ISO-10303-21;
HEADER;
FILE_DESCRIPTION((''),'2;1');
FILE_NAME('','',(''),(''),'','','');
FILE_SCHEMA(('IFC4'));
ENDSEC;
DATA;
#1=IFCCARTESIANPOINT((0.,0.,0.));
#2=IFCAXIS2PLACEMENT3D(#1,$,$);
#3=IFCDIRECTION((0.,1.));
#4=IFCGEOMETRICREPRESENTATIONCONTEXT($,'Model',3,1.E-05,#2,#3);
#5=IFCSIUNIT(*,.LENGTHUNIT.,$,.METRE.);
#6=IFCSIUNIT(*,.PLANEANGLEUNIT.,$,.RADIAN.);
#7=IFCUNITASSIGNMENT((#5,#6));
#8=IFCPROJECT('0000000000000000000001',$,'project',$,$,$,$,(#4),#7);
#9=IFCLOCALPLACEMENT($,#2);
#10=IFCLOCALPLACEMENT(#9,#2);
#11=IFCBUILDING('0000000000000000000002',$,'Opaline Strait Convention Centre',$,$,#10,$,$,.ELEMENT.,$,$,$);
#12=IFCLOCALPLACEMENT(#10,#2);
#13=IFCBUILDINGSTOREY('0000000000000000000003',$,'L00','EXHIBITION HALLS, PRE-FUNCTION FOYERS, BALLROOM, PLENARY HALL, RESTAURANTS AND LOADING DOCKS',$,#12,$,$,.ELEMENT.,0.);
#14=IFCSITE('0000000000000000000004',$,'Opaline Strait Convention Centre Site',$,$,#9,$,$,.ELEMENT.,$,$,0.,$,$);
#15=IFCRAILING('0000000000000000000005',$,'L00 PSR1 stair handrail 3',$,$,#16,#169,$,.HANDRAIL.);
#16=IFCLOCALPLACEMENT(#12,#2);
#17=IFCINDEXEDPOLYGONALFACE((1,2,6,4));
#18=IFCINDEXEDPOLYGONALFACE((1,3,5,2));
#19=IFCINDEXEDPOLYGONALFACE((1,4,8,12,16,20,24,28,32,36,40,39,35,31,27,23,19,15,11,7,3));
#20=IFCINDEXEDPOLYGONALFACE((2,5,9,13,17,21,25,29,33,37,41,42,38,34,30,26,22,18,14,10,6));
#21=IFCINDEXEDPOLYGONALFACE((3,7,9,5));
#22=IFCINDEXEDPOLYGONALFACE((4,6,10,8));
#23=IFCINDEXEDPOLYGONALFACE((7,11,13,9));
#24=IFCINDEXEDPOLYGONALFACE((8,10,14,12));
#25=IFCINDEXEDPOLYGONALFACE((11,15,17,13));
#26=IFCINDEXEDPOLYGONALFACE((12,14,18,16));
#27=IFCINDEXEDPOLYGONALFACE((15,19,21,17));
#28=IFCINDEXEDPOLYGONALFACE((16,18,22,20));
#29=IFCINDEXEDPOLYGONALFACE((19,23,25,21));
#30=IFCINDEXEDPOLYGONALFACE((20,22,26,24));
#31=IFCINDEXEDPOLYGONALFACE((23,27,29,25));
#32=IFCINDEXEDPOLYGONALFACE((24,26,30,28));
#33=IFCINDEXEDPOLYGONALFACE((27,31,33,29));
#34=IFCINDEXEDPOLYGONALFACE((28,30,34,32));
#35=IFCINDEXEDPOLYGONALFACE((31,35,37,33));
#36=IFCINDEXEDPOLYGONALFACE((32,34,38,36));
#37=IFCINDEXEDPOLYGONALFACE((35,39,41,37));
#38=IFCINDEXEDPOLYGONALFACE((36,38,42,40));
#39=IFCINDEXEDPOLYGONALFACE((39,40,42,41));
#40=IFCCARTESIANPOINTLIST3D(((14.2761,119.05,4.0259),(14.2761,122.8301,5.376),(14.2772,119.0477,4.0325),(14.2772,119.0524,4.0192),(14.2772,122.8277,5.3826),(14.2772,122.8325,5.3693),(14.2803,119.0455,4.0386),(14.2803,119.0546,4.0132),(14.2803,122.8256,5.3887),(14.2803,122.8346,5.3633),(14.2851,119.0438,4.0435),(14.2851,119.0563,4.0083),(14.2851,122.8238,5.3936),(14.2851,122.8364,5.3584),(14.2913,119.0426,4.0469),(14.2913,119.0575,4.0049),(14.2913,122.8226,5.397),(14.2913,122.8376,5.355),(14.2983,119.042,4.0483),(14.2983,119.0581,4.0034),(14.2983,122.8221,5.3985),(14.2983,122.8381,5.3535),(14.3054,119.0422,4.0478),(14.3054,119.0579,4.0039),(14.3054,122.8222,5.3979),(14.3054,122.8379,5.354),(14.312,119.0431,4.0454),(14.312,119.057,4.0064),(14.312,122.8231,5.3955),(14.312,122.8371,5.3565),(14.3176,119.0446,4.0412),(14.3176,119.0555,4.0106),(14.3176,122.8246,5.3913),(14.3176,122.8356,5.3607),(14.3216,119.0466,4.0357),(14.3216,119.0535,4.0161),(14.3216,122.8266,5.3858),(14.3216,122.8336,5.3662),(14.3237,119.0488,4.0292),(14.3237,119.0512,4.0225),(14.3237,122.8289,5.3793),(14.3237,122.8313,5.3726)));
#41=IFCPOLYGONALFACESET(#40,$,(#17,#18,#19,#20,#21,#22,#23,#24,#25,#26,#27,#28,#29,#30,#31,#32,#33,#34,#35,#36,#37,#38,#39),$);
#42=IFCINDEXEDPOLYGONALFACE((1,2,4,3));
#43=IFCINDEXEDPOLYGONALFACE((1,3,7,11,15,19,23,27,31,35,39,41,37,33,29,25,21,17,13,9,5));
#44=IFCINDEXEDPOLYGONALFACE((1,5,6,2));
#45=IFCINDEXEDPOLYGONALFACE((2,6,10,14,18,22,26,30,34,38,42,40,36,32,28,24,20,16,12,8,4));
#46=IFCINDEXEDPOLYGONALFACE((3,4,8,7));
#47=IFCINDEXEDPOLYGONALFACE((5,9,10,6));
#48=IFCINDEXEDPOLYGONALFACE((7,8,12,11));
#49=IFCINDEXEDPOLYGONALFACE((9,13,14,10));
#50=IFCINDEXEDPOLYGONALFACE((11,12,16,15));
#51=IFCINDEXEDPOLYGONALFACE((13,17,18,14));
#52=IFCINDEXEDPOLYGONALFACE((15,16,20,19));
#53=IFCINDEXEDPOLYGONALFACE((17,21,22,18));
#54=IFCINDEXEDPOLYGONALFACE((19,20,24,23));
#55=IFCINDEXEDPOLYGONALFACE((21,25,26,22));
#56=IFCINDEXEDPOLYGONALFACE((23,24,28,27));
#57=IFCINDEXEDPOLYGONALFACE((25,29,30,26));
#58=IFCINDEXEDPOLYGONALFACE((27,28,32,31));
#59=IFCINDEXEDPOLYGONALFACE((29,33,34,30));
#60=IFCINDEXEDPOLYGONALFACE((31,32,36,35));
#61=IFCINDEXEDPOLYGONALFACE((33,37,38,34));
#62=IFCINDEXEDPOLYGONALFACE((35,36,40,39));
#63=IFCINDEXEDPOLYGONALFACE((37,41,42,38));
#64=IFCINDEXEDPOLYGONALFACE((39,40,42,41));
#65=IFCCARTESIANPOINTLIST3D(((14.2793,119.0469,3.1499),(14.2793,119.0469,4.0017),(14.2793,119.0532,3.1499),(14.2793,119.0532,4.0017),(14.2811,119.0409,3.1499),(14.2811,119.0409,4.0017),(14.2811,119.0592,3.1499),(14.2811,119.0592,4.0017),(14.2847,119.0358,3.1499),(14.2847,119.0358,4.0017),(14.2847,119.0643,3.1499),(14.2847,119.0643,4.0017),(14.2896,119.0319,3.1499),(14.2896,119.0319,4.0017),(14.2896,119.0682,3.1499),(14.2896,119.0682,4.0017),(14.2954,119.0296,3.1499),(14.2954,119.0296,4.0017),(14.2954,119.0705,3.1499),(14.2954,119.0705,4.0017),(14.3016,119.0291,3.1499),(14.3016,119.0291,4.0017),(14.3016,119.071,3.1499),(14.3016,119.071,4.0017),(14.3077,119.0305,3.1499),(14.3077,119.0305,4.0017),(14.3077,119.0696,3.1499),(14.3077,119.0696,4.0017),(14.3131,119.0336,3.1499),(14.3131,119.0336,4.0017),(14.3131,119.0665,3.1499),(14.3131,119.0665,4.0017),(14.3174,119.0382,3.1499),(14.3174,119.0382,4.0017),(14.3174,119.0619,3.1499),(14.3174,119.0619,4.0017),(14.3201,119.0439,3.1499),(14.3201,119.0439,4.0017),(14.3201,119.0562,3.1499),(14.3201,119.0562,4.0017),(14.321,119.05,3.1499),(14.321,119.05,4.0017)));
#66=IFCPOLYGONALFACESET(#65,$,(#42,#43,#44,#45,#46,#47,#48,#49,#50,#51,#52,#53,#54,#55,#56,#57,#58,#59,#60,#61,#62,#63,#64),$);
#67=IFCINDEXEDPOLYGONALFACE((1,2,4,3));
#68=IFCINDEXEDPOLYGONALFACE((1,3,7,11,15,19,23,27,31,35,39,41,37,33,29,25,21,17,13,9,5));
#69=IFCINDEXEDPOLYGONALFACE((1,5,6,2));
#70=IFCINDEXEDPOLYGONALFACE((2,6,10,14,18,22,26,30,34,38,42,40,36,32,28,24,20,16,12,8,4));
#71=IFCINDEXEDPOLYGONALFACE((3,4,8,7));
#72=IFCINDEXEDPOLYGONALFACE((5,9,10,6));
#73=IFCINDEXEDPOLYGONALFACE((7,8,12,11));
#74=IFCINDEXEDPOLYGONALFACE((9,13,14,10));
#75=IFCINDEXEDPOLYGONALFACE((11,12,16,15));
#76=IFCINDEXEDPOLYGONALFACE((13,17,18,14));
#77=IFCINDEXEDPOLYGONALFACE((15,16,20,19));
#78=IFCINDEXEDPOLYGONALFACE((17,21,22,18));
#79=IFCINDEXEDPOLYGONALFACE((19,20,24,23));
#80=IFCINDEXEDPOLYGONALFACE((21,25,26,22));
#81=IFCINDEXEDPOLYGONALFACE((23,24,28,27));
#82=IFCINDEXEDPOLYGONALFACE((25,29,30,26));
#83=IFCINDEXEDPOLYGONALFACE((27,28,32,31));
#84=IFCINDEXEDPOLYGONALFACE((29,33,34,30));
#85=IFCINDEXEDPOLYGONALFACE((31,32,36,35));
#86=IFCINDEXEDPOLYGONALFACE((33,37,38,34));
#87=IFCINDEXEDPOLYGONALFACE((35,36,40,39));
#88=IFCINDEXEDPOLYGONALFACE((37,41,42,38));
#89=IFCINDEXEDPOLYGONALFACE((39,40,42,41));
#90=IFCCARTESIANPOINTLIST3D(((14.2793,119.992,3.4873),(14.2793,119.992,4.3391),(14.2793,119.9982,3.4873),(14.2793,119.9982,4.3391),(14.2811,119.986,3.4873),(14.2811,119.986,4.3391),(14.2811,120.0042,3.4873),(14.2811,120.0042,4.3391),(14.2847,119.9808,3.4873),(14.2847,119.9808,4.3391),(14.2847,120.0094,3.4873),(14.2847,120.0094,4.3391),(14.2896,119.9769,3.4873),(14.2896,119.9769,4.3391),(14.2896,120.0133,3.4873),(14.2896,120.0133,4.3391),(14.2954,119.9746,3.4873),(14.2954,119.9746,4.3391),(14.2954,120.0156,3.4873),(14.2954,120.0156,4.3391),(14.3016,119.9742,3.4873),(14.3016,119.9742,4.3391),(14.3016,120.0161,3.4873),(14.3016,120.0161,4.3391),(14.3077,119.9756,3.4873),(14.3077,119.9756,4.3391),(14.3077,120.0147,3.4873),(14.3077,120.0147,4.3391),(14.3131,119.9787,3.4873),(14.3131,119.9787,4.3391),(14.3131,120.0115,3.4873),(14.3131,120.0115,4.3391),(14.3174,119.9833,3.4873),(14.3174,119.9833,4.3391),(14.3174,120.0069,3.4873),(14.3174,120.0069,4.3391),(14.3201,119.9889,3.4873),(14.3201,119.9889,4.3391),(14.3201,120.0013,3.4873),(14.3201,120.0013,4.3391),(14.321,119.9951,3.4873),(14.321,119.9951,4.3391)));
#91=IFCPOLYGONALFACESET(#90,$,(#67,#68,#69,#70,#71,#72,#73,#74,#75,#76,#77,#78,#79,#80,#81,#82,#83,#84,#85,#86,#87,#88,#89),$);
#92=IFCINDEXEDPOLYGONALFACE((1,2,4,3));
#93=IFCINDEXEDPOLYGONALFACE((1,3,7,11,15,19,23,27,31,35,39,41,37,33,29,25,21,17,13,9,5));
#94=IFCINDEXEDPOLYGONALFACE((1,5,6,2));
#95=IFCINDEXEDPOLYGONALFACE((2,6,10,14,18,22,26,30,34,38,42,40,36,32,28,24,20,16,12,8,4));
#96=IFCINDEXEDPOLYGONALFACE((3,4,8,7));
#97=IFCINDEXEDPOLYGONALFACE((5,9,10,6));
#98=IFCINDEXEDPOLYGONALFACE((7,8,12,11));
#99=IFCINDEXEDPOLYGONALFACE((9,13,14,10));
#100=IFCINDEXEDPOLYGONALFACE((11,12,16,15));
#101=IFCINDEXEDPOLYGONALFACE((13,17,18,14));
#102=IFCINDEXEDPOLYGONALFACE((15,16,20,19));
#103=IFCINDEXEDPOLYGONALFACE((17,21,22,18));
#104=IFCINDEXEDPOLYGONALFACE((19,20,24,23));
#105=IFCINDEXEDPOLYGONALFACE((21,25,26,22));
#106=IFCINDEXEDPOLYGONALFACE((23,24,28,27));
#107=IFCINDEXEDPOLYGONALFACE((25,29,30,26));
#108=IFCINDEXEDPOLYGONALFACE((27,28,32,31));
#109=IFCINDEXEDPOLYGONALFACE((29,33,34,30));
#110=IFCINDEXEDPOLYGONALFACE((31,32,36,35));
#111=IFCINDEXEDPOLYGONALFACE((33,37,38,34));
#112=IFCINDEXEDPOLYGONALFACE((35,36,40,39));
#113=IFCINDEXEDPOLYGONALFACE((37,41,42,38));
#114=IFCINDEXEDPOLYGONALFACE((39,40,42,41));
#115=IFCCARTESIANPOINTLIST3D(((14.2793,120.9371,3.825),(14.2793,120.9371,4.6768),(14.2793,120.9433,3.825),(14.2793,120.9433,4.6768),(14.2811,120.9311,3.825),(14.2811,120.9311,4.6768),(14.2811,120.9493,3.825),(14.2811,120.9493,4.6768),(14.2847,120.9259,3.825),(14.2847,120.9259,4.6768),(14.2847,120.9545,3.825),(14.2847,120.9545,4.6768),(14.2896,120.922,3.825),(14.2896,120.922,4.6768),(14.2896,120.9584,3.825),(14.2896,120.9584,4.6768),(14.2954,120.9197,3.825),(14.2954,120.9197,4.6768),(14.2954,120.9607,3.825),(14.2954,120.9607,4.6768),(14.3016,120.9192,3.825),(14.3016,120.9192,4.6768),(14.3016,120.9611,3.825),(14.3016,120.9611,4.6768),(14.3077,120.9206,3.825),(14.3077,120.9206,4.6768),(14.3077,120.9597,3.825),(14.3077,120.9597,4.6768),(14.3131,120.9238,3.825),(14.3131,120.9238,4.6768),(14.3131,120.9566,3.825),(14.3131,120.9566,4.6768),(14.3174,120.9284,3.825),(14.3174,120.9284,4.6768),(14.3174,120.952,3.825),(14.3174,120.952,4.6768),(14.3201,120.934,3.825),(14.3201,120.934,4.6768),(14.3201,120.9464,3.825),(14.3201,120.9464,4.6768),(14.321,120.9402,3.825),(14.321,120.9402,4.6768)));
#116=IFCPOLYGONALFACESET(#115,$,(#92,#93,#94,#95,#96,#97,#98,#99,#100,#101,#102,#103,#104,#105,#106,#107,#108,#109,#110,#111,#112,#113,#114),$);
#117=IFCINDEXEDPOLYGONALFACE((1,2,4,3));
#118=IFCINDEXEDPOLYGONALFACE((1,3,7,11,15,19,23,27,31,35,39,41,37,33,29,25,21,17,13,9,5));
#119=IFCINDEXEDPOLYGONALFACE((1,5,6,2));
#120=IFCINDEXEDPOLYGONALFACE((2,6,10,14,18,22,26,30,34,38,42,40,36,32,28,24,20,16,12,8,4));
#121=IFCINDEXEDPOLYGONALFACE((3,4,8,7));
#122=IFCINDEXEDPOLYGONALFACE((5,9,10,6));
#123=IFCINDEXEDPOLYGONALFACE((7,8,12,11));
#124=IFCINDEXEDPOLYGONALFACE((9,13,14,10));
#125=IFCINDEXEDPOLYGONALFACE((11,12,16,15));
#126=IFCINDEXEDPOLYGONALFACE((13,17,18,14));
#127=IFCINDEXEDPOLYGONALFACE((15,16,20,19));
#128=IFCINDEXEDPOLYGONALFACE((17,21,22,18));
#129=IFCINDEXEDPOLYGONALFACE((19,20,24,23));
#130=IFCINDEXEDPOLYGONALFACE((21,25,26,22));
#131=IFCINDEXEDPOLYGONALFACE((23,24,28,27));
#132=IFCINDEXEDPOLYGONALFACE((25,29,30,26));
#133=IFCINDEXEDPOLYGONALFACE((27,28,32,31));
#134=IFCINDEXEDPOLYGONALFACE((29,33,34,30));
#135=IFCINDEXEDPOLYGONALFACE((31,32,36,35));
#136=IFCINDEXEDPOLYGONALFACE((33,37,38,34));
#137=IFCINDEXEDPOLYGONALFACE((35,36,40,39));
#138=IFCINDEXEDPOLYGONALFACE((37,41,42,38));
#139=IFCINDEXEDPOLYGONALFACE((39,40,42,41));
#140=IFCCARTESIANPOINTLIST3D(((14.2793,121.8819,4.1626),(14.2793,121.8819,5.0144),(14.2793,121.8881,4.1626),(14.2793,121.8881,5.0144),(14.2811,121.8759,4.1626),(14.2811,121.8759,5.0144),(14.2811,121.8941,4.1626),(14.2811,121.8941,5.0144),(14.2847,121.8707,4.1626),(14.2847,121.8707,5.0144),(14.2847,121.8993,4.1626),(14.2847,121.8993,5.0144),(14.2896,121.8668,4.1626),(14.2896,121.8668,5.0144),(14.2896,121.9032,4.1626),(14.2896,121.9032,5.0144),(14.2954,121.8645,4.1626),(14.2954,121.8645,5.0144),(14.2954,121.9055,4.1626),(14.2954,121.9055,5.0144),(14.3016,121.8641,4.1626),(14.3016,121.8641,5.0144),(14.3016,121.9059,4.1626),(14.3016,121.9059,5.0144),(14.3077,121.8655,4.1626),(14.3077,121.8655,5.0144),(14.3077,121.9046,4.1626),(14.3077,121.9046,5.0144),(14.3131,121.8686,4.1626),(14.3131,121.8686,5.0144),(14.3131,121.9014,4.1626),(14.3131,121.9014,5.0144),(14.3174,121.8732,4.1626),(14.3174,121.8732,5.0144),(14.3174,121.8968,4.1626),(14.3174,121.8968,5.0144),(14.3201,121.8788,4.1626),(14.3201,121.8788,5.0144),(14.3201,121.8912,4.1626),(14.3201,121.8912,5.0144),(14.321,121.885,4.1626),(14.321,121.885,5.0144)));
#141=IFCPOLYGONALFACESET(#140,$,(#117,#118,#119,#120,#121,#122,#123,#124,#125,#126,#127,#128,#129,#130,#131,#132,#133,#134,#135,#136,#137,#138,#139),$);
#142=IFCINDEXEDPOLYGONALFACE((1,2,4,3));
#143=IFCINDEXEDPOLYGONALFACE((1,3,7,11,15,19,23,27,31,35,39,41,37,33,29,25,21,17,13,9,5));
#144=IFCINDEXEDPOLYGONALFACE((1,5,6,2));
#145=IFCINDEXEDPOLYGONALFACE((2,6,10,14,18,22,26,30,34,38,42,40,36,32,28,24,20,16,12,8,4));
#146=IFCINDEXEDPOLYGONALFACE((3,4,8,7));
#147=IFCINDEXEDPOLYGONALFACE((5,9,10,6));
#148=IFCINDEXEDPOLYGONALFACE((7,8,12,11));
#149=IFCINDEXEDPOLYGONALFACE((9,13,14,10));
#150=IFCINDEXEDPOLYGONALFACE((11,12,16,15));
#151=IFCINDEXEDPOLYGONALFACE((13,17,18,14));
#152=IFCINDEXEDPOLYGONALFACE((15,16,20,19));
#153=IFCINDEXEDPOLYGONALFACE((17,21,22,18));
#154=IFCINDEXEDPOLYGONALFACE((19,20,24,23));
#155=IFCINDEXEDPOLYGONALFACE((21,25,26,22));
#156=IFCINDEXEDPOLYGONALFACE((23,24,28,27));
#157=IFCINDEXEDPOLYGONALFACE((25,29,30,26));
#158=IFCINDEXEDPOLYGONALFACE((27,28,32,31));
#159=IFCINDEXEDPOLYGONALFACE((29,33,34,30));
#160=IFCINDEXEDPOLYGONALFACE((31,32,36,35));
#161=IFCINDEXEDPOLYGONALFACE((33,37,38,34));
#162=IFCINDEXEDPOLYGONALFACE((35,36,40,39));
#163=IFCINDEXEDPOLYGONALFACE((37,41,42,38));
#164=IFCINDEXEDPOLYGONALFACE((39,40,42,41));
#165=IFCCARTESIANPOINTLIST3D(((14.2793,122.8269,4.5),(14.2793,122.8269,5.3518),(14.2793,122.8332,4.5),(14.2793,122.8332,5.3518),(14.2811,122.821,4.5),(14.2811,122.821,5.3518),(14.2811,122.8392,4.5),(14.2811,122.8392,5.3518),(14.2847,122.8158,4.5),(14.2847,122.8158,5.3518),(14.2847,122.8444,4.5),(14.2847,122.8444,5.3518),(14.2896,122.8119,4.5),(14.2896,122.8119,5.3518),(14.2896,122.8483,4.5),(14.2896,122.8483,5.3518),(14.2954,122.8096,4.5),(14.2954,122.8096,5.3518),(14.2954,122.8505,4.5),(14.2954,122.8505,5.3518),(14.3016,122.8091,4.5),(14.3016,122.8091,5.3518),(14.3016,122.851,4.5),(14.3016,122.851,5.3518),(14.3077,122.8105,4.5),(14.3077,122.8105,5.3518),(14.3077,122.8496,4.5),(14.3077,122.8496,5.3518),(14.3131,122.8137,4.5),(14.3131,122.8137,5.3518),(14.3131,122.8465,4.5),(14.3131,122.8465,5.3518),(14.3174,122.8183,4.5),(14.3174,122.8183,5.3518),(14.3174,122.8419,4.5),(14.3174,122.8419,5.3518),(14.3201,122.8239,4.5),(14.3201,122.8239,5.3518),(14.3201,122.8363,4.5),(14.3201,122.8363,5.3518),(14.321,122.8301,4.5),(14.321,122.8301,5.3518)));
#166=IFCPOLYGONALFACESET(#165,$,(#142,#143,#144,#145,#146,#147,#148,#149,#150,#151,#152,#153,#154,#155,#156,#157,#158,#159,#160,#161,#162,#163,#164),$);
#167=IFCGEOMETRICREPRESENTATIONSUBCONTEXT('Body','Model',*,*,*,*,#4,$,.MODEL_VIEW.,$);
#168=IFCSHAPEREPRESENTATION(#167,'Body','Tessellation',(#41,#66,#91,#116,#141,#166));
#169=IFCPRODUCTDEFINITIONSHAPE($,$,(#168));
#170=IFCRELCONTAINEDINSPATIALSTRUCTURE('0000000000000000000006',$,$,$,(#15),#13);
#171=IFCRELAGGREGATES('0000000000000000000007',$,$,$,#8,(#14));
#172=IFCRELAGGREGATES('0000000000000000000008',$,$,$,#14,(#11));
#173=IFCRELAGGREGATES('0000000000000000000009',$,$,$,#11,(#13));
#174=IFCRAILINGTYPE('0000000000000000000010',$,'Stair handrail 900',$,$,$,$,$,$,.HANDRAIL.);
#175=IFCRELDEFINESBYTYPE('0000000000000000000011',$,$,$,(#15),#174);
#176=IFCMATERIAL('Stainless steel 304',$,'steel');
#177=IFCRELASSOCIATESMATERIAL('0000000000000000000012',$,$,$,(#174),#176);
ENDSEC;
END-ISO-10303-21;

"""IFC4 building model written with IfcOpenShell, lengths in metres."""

from ifc_helpers import new_model, si_unit, direction, frame, origin, origin_2d, place, context, subcontext, project, spatial, circle, extrude, material, type_object, element, save


model = new_model("IFC4")

# Units and contexts
model_context = context("Model", 3, precision=1e-05, world=origin(), true_north=direction((0.0, 1.0)))
body_context = subcontext(model_context, "Body", "Model", "MODEL_VIEW")
ifc_project = project(units=[si_unit("LENGTHUNIT", "METRE"), si_unit("PLANEANGLEUNIT", "RADIAN")], contexts=[model_context])

# Site, building, storey
site_placement = place(None, origin())
site = spatial("IfcSite", under=ifc_project, at=site_placement, Name="Opaline Strait Convention Centre Site", CompositionType="ELEMENT", RefElevation=0.0)
building_placement = place(site_placement, origin())
building = spatial("IfcBuilding", under=site, at=building_placement, Name="Opaline Strait Convention Centre", CompositionType="ELEMENT")
storey_placement = place(building_placement, origin())
storey = spatial("IfcBuildingStorey", under=building, at=storey_placement, Name="L00", Description="EXHIBITION HALLS, PRE-FUNCTION FOYERS, BALLROOM, PLENARY HALL, RESTAURANTS AND LOADING DOCKS", CompositionType="ELEMENT", Elevation=0.0)

# Railing
ifc_material_1 = material(Name="Stainless steel 304", Category="steel")
railing_type_1 = type_object("IfcRailingType", Name="Stair handrail 900", PredefinedType="HANDRAIL", material=ifc_material_1)
for number, where, name in (
    (1, (14.3, 119.05, 3.1499), "L00 PSR1 stair handrail 3"),
):
    element("IfcRailing", number, at=place(storey_placement, frame(where)), inside=storey, type_object=railing_type_1, Name=name, PredefinedType="HANDRAIL", context=body_context, shape_type="SweptSolid", body=[
        extrude(circle(Radius=0.0239, at=origin_2d()), frame((0.0, 0.0, 0.876), z_axis=(0.0, 0.941735, 0.336356), x_axis=(-1.0, 0.0, 0.0)), (0.0, 0.0, 1.0), 4.0139),
        extrude(circle(Radius=0.021, at=origin_2d()), origin(), (0.0, 0.0, 1.0), 0.8518),
        extrude(circle(Radius=0.021, at=origin_2d()), frame((0.0, 0.9451, 0.3374)), (0.0, 0.0, 1.0), 0.8518),
        extrude(circle(Radius=0.021, at=origin_2d()), frame((0.0, 1.8901, 0.675)), (0.0, 0.0, 1.0), 0.8518),
        extrude(circle(Radius=0.021, at=origin_2d()), frame((0.0, 2.835, 1.0127)), (0.0, 0.0, 1.0), 0.8518),
        extrude(circle(Radius=0.021, at=origin_2d()), frame((0.0, 3.78, 1.3501)), (0.0, 0.0, 1.0), 0.8518),
    ])

save(model, "model.ifc")
